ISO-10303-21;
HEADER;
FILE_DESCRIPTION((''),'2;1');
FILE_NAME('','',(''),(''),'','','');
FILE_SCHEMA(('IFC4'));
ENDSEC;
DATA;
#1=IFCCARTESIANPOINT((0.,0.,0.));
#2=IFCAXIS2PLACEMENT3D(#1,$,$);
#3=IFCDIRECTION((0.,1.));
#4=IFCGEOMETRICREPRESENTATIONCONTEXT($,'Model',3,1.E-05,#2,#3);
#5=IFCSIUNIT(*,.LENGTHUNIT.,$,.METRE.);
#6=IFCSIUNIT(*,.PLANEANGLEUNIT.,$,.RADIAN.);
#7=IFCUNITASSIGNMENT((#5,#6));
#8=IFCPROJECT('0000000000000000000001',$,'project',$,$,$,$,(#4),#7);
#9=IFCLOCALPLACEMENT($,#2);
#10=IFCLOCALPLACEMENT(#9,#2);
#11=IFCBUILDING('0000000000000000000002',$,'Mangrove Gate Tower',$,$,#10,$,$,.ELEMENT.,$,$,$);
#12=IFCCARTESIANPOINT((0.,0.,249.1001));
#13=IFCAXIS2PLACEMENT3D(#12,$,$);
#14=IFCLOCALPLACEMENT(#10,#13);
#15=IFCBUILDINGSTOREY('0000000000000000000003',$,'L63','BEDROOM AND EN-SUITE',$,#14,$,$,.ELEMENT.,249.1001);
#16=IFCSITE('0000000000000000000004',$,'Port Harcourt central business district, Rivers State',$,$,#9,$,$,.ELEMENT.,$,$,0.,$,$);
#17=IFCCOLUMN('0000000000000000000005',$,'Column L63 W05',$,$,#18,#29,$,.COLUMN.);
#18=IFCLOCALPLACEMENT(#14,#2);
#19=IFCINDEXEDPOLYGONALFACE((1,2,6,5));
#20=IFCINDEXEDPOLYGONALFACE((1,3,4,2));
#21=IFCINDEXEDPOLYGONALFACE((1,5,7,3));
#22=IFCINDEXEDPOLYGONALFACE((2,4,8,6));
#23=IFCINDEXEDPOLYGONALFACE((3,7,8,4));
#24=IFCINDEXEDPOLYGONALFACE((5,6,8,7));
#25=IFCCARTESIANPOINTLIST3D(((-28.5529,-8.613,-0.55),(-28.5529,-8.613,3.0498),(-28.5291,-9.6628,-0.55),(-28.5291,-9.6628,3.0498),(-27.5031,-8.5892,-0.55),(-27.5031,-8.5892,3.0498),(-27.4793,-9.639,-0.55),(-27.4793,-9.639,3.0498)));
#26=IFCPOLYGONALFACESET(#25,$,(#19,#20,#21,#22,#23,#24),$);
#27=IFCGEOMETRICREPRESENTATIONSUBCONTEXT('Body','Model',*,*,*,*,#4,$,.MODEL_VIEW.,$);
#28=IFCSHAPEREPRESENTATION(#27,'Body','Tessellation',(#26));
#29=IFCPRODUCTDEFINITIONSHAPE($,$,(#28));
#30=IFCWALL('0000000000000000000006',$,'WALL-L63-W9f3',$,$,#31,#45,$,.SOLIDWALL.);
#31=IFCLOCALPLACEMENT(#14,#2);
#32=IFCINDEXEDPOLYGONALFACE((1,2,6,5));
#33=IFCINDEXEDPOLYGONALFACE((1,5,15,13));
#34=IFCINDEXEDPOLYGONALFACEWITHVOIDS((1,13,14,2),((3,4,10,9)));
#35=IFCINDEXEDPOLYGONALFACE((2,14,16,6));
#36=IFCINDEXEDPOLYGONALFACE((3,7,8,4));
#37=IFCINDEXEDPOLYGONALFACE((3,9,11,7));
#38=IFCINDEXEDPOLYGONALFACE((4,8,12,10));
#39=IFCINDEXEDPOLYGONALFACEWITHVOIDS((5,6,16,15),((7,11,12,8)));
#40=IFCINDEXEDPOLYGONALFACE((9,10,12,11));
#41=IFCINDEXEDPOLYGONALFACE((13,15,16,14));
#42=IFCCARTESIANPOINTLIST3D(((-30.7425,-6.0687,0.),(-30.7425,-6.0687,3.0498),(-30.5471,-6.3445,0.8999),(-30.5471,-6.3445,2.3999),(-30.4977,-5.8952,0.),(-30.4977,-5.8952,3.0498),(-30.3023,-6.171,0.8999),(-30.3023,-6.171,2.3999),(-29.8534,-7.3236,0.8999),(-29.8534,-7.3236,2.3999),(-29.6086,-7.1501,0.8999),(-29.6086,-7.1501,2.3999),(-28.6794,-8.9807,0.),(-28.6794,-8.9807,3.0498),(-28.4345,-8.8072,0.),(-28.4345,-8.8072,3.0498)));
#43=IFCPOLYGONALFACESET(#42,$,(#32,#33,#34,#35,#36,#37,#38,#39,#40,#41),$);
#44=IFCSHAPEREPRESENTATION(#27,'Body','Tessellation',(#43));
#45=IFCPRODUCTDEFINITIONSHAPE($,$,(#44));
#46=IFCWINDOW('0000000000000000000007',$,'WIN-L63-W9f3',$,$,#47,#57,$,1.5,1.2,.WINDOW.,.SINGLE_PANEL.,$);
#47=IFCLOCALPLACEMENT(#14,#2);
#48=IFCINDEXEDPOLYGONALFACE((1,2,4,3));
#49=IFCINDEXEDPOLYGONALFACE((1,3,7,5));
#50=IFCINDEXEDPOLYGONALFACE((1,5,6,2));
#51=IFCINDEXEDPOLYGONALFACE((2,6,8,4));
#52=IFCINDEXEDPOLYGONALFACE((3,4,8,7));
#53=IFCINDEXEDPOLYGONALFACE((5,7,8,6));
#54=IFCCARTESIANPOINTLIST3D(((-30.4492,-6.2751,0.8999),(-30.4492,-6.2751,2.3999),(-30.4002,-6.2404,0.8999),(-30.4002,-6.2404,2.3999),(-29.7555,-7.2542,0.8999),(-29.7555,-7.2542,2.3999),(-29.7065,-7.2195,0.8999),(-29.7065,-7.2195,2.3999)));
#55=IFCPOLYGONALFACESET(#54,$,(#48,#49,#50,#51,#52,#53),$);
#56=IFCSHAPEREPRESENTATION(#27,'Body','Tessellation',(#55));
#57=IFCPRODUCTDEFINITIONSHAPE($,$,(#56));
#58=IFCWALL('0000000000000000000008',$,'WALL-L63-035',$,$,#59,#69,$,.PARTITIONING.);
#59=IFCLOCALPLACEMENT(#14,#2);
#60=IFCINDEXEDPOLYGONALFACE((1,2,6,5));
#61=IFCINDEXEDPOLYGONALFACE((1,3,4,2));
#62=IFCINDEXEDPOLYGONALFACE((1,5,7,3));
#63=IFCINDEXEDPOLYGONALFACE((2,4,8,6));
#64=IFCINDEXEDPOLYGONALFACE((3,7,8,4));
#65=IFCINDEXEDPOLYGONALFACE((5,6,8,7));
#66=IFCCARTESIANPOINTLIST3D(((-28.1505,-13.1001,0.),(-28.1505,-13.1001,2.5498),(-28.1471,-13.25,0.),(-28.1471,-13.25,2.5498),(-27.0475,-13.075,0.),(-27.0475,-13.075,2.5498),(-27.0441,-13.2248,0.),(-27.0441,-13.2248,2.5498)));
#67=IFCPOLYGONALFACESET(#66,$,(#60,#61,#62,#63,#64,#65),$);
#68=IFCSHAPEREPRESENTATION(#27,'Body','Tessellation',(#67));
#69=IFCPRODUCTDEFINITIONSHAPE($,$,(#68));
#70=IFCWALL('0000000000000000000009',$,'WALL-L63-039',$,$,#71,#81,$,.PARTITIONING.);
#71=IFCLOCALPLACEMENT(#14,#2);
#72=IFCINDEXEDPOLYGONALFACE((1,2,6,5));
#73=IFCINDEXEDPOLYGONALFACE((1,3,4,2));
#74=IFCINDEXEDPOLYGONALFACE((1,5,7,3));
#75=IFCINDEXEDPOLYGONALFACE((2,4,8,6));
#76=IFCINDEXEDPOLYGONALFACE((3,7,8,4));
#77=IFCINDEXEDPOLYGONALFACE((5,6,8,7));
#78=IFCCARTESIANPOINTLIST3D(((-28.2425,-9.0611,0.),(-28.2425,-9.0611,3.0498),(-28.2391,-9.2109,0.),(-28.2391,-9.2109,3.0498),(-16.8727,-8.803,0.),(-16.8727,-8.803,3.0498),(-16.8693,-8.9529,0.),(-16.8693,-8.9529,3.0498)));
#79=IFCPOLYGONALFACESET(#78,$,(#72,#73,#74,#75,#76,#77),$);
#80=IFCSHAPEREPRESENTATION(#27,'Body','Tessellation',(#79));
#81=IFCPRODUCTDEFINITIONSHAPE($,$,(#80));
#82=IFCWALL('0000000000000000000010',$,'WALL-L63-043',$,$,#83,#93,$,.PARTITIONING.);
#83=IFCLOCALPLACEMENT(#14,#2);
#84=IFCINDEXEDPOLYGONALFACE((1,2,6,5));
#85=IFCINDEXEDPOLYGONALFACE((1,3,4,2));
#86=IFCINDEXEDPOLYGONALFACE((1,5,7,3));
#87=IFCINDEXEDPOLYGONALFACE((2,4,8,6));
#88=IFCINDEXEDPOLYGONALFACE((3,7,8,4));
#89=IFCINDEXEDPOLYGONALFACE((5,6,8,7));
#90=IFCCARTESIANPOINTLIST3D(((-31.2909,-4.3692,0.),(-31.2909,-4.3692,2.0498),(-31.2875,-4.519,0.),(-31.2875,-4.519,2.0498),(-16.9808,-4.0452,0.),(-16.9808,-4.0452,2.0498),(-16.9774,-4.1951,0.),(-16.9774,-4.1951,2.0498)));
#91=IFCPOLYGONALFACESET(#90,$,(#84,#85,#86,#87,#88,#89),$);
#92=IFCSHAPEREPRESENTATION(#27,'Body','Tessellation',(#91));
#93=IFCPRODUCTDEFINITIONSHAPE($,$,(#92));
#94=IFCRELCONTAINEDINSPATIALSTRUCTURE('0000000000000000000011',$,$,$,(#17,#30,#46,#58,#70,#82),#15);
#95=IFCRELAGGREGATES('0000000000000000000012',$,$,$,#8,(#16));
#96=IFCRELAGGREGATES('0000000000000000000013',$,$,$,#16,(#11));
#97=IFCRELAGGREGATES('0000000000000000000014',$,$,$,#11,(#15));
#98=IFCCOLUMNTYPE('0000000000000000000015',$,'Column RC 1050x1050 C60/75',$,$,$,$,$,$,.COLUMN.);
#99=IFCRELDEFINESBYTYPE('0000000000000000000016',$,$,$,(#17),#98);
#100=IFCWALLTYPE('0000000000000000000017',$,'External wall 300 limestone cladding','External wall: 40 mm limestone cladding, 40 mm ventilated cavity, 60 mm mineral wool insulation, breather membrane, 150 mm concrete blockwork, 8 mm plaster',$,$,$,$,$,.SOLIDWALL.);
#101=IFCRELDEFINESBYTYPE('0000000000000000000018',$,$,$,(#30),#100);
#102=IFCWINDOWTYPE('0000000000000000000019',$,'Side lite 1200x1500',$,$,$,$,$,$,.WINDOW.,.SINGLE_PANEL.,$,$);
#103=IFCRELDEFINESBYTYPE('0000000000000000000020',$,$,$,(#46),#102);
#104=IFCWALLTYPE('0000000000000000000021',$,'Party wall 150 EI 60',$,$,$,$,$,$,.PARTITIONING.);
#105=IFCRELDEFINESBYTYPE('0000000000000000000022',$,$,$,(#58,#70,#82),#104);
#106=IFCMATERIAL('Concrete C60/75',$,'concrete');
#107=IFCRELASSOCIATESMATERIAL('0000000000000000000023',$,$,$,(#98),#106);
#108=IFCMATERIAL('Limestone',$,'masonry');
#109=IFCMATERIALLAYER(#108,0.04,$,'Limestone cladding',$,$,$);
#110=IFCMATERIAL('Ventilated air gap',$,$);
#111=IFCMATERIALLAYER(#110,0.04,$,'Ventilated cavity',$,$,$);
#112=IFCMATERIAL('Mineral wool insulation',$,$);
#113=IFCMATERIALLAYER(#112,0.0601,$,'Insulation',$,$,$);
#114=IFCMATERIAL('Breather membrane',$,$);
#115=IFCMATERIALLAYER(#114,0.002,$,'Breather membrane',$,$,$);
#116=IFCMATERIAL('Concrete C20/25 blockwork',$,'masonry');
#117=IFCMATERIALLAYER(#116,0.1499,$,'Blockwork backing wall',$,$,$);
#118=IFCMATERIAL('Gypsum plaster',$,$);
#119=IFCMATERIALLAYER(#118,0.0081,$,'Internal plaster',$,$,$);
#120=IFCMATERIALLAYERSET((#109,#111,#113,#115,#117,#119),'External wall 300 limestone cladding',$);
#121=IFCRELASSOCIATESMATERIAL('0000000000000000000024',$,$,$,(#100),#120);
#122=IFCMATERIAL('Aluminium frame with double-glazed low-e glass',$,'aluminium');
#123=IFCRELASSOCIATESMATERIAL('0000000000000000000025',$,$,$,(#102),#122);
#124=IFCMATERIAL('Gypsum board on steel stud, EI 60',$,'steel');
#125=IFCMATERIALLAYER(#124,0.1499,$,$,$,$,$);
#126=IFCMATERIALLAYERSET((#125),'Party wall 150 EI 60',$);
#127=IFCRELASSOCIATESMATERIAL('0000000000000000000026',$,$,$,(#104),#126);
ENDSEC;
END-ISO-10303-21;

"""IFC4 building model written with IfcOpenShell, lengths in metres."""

from ifc_helpers import new_model, si_unit, direction, frame, frame_2d, origin, origin_2d, place, context, subcontext, project, spatial, rectangle, extrude, material, layer, layer_set, material_profile, profile_set, type_object, element, fill, save


model = new_model("IFC4")

# Units and contexts
model_context = context("Model", 3, precision=1e-05, world=origin(), true_north=direction((0.0, 1.0)))
body_context = subcontext(model_context, "Body", "Model", "MODEL_VIEW")
ifc_project = project(units=[si_unit("LENGTHUNIT", "METRE"), si_unit("PLANEANGLEUNIT", "RADIAN")], contexts=[model_context])

# Site, building, storey
site_placement = place(None, origin())
site = spatial("IfcSite", under=ifc_project, at=site_placement, Name="Port Harcourt central business district, Rivers State", CompositionType="ELEMENT", RefElevation=0.0)
building_placement = place(site_placement, origin())
building = spatial("IfcBuilding", under=site, at=building_placement, Name="Mangrove Gate Tower", CompositionType="ELEMENT")
storey_placement = place(building_placement, frame((0.0, 0.0, 249.1001)))
storey = spatial("IfcBuildingStorey", under=building, at=storey_placement, Name="L63", Description="BEDROOM AND EN-SUITE", CompositionType="ELEMENT", Elevation=249.1001)

# Column
ifc_material_1 = material(Name="Concrete C60/75", Category="concrete")
ifc_material_profile = material_profile(ifc_material_1, rectangle(XDim=1.05, YDim=1.05, at=origin_2d()))
ifc_profile_set = profile_set([ifc_material_profile], Name="Concrete C60/75")
column_type = type_object("IfcColumnType", Name="Column RC 1050x1050 C60/75", PredefinedType="COLUMN", material=ifc_profile_set)
column_placement = place(storey_placement, frame((-28.0161, -9.126, -0.55), z_axis=(0.0, 0.0, 1.0), x_axis=(0.022672, -0.999743, 0.0)))
element("IfcColumn", 1, at=column_placement, inside=storey, type_object=column_type, Name="Column L63 W05", PredefinedType="COLUMN", context=body_context, shape_type="SweptSolid", body=[
    extrude(rectangle(XDim=1.05, YDim=1.05, at=origin_2d()), origin(), (0.0, 0.0, 1.0), 3.5999),
])

# Wall, opening, window
ifc_material_2 = material(Name="Limestone", Category="masonry")
ifc_layer_1 = layer(ifc_material_2, 0.04, Name="Limestone cladding")
ifc_material_3 = material(Name="Ventilated air gap")
ifc_layer_2 = layer(ifc_material_3, 0.04, Name="Ventilated cavity")
ifc_material_4 = material(Name="Mineral wool insulation")
ifc_layer_3 = layer(ifc_material_4, 0.0601, Name="Insulation")
ifc_material_5 = material(Name="Breather membrane")
ifc_layer_4 = layer(ifc_material_5, 0.002, Name="Breather membrane")
ifc_material_6 = material(Name="Concrete C20/25 blockwork", Category="masonry")
ifc_layer_5 = layer(ifc_material_6, 0.1499, Name="Blockwork backing wall")
ifc_material_7 = material(Name="Gypsum plaster")
ifc_layer_6 = layer(ifc_material_7, 0.0081, Name="Internal plaster")
ifc_layer_set_1 = layer_set([ifc_layer_1, ifc_layer_2, ifc_layer_3, ifc_layer_4, ifc_layer_5, ifc_layer_6], Name="External wall 300 limestone cladding")
wall_type_1 = type_object("IfcWallType", Name="External wall 300 limestone cladding", Description="External wall: 40 mm limestone cladding, 40 mm ventilated cavity, 60 mm mineral wool insulation, breather membrane, 150 mm concrete blockwork, 8 mm plaster", PredefinedType="SOLIDWALL", material=ifc_layer_set_1)
wall_1_placement = place(storey_placement, frame((-30.6201, -5.9819, 0.0), z_axis=(0.0, 0.0, 1.0), x_axis=(0.578108, -0.81596, 0.0)))
wall_1 = element("IfcWall", 2, at=wall_1_placement, inside=storey, type_object=wall_type_1, Name="WALL-L63-W9f3", PredefinedType="SOLIDWALL", context=body_context, shape_type="SweptSolid", body=[
    extrude(rectangle(XDim=3.5688, YDim=0.3, at=frame_2d((1.7844, 0.0))), origin(), (0.0, 0.0, 1.0), 3.0498),
])
opening_1_placement = place(wall_1_placement, frame((0.3379, 0.0, 0.8999)))
opening_1 = element("IfcOpeningElement", 3, at=opening_1_placement, cuts=wall_1, PredefinedType="OPENING", context=body_context, shape_type="SweptSolid", body=[
    extrude(rectangle(XDim=1.2, YDim=1.5, at=frame_2d((0.6001, 0.75))), frame((0.0, 0.1599, 0.0), z_axis=(0.0, -1.0, 0.0), x_axis=(1.0, 0.0, 0.0)), (0.0, 0.0, 1.0), 0.3201),
])
ifc_material_8 = material(Name="Aluminium frame with double-glazed low-e glass", Category="aluminium")
window_type_1 = type_object("IfcWindowType", Name="Side lite 1200x1500", PartitioningType="SINGLE_PANEL", PredefinedType="WINDOW", material=ifc_material_8)
window_1_placement = place(opening_1_placement, origin())
window_1 = element("IfcWindow", 4, at=window_1_placement, inside=storey, type_object=window_type_1, Name="WIN-L63-W9f3", OverallHeight=1.5, OverallWidth=1.2, PartitioningType="SINGLE_PANEL", PredefinedType="WINDOW", context=body_context, shape_type="SweptSolid", body=[
    extrude(rectangle(XDim=1.2, YDim=1.5, at=frame_2d((0.6001, 0.75))), frame((0.0, 0.03, 0.0), z_axis=(0.0, -1.0, 0.0), x_axis=(1.0, 0.0, 0.0)), (0.0, 0.0, 1.0), 0.0601),
])
fill(opening_1, window_1)

# Walls
ifc_material_9 = material(Name="Gypsum board on steel stud, EI 60", Category="steel")
ifc_layer_7 = layer(ifc_material_9, 0.1499)
ifc_layer_set_2 = layer_set([ifc_layer_7], Name="Party wall 150 EI 60")
wall_type_2 = type_object("IfcWallType", Name="Party wall 150 EI 60", PredefinedType="PARTITIONING", material=ifc_layer_set_2)
wall_2_placement = place(storey_placement, frame((-28.1489, -13.175, 0.0), z_axis=(0.0, 0.0, 1.0), x_axis=(0.99974, 0.022792, 0.0)))
element("IfcWall", 5, at=wall_2_placement, inside=storey, type_object=wall_type_2, Name="WALL-L63-035", PredefinedType="PARTITIONING", context=body_context, shape_type="SweptSolid", body=[
    extrude(rectangle(XDim=1.1033, YDim=0.1499, at=frame_2d((0.5518, 0.0))), origin(), (0.0, 0.0, 1.0), 2.5498),
])
wall_3_placement = place(storey_placement, frame((-28.241, -9.136, 0.0), z_axis=(0.0, 0.0, 1.0), x_axis=(0.999743, 0.022691, 0.0)))
element("IfcWall", 6, at=wall_3_placement, inside=storey, type_object=wall_type_2, Name="WALL-L63-039", PredefinedType="PARTITIONING", context=body_context, shape_type="SweptSolid", body=[
    extrude(rectangle(XDim=11.3728, YDim=0.1499, at=frame_2d((5.6865, 0.0))), origin(), (0.0, 0.0, 1.0), 3.0498),
])
wall_4_placement = place(storey_placement, frame((-31.2891, -4.4441, 0.0), z_axis=(0.0, 0.0, 1.0), x_axis=(0.999744, 0.022634, 0.0)))
element("IfcWall", 7, at=wall_4_placement, inside=storey, type_object=wall_type_2, Name="WALL-L63-043", PredefinedType="PARTITIONING", context=body_context, shape_type="SweptSolid", body=[
    extrude(rectangle(XDim=14.3137, YDim=0.1499, at=frame_2d((7.1567, 0.0))), origin(), (0.0, 0.0, 1.0), 2.0498),
])

save(model, "model.ifc")
